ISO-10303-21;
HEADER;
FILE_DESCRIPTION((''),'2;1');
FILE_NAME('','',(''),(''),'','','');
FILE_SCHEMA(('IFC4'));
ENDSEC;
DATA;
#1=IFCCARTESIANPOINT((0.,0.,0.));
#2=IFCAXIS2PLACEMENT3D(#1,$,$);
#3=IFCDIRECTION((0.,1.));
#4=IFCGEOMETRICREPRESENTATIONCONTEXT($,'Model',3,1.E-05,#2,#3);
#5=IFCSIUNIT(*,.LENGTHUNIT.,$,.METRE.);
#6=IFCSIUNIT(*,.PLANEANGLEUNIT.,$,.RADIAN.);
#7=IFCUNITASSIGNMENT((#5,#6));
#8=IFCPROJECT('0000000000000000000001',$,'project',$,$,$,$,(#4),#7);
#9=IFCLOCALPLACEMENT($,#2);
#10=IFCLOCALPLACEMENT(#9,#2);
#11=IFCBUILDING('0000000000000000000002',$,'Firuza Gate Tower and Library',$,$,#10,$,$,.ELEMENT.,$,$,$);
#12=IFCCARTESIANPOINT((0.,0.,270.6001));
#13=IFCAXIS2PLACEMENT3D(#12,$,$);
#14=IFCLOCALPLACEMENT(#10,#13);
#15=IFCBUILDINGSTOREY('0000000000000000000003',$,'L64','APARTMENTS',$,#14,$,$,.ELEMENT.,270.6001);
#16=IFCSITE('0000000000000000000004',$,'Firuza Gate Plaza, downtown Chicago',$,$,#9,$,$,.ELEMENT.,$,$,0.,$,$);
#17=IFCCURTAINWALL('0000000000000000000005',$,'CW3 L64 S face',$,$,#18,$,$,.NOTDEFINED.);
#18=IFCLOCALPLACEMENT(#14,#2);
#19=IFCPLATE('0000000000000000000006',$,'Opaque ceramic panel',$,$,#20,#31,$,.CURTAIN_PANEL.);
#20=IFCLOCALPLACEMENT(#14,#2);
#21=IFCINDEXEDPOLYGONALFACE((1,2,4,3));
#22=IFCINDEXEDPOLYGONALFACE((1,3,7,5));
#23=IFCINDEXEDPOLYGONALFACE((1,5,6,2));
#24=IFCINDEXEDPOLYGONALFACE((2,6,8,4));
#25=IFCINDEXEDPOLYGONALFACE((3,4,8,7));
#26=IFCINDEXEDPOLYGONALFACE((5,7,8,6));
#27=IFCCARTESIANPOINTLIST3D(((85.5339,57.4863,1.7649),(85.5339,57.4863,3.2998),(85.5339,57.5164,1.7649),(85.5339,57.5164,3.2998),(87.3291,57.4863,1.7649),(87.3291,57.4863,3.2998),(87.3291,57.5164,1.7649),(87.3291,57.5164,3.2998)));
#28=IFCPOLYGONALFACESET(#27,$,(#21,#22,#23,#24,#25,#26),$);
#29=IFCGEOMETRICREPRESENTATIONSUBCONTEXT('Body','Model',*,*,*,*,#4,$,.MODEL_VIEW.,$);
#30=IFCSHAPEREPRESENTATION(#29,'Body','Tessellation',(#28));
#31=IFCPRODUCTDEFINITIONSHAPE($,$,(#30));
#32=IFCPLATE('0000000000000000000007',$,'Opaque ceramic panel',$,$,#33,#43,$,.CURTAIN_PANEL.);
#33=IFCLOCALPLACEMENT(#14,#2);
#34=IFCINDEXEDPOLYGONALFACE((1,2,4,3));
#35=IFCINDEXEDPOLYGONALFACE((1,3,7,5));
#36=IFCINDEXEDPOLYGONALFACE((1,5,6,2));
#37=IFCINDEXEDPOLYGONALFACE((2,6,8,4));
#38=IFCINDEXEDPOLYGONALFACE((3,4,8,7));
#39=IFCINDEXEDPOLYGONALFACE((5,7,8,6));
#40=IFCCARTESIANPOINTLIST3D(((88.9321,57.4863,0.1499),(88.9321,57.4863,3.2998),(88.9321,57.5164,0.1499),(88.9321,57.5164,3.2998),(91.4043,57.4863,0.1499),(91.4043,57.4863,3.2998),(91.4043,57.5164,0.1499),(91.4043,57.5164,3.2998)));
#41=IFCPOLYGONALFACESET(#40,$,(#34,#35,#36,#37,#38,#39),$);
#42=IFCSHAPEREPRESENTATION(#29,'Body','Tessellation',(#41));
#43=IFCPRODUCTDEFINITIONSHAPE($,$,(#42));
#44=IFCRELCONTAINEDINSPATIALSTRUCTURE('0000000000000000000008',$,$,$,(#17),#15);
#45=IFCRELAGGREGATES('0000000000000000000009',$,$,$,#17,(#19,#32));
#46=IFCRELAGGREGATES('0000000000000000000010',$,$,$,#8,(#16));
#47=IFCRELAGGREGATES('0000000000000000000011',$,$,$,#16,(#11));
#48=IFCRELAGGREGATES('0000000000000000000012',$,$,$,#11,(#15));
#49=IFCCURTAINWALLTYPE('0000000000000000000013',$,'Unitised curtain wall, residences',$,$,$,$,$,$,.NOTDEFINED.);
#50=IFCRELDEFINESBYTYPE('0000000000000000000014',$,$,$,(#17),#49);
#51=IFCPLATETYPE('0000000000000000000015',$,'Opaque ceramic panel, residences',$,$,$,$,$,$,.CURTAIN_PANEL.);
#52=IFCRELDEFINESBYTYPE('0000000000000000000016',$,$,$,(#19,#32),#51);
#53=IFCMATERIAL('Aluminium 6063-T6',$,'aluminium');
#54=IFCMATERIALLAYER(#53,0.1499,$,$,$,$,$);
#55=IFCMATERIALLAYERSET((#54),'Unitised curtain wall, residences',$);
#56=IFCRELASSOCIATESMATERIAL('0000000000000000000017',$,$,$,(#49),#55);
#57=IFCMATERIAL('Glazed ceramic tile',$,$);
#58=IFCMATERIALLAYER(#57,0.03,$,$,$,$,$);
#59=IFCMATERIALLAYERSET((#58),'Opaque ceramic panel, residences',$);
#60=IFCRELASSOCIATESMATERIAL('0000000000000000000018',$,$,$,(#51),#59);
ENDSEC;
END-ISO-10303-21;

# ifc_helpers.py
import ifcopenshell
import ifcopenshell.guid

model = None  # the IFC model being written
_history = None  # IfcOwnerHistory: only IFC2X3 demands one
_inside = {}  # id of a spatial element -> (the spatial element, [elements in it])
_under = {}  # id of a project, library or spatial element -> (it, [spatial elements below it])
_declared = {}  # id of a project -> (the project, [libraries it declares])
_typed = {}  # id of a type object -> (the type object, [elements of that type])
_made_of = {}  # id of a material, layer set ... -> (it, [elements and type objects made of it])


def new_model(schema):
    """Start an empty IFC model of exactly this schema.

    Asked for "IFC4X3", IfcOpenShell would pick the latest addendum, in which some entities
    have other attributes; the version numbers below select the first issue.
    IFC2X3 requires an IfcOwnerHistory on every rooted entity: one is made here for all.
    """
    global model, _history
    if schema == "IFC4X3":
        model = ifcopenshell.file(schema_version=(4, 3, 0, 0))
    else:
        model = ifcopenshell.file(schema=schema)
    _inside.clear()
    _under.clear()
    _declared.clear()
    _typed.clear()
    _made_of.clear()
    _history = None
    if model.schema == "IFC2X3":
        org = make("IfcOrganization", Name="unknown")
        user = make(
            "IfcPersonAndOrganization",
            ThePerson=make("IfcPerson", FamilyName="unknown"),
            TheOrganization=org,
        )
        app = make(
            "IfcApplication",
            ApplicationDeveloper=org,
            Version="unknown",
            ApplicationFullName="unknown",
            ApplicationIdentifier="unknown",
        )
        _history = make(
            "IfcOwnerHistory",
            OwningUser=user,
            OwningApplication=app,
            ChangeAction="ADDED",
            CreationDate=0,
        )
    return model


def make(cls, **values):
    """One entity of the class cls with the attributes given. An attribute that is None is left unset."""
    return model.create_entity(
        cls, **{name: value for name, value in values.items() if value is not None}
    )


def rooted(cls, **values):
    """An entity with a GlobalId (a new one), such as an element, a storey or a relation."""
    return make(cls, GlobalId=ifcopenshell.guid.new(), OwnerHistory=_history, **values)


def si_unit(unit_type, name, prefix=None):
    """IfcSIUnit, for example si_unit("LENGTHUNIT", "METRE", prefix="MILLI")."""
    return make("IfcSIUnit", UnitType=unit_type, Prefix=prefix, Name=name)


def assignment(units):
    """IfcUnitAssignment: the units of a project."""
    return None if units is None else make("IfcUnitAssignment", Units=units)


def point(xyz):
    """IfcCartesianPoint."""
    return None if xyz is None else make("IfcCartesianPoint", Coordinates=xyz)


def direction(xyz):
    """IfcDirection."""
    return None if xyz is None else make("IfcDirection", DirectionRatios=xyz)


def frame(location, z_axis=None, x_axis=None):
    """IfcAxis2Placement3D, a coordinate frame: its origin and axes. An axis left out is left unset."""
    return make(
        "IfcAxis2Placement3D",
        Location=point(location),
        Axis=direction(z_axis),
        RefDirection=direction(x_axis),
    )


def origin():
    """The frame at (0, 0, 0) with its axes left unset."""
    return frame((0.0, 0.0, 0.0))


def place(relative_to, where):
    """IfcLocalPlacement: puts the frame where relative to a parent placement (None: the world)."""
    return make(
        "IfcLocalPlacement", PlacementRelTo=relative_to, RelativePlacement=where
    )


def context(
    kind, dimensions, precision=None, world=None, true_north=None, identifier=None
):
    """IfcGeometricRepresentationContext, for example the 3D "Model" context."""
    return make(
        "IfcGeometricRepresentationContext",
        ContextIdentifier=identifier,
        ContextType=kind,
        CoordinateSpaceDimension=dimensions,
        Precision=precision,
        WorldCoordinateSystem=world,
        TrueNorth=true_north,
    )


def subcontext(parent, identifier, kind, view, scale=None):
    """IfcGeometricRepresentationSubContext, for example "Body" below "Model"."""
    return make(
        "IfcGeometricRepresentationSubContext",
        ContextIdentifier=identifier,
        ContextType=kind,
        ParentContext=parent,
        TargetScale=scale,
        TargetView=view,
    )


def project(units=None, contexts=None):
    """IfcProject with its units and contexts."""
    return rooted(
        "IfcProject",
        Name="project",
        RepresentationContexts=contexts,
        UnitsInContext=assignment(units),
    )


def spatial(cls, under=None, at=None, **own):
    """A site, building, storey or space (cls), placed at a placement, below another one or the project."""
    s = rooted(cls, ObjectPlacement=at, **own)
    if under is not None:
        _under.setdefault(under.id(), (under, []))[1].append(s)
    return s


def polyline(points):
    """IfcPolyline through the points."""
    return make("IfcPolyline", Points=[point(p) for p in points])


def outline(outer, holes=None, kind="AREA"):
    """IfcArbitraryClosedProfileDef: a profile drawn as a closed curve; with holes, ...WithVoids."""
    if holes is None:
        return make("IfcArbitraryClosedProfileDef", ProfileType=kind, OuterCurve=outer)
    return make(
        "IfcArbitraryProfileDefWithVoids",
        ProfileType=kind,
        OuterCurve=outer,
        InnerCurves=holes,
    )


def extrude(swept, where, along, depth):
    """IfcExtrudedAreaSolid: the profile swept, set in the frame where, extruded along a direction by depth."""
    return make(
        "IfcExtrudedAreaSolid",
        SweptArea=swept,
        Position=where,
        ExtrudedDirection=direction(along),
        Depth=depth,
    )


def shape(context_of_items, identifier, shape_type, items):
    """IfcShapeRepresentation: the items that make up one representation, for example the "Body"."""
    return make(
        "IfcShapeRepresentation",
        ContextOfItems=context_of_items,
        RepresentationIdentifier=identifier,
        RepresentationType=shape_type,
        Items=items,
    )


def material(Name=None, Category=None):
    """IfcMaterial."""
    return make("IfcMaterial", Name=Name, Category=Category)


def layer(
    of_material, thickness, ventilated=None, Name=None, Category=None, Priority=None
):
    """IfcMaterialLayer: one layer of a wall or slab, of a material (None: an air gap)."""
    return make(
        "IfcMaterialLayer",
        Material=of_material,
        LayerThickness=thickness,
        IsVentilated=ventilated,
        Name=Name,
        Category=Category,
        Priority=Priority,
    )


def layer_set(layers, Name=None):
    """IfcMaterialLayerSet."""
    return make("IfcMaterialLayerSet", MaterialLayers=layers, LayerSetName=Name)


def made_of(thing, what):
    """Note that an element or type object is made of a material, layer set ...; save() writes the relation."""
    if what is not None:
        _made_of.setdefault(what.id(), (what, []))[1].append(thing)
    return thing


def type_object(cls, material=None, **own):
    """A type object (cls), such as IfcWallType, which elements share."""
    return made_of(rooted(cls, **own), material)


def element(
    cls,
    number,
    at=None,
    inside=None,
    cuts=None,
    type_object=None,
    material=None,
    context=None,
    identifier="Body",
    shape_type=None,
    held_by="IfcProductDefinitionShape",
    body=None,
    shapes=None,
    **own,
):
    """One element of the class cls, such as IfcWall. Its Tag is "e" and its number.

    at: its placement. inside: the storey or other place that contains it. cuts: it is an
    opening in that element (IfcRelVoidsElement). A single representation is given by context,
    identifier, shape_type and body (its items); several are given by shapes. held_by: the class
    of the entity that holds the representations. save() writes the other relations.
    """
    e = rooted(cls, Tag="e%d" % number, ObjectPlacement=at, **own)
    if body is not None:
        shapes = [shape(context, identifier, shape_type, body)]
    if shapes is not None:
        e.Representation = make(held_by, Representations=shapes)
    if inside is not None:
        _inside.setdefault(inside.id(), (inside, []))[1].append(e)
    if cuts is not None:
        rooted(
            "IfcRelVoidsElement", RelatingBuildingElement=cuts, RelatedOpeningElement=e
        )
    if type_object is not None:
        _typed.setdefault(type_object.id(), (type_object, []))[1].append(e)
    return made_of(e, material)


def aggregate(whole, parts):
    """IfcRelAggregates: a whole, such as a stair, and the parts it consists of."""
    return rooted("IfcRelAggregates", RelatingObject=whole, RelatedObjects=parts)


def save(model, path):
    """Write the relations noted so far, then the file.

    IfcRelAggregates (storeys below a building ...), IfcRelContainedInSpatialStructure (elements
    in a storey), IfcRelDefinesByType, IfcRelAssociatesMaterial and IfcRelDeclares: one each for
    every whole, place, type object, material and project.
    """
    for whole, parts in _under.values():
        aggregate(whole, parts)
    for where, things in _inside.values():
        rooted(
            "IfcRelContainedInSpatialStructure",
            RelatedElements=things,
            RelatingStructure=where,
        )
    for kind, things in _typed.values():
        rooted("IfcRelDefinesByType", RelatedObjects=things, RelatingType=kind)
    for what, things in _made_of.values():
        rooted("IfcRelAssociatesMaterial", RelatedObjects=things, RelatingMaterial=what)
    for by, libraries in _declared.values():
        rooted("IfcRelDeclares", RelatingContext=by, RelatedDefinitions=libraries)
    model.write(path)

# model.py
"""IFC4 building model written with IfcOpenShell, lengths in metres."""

from ifc_helpers import new_model, si_unit, direction, frame, origin, place, context, subcontext, project, spatial, polyline, outline, extrude, material, layer, layer_set, type_object, element, aggregate, save


model = new_model("IFC4")

# Units and contexts
model_context = context("Model", 3, precision=1e-05, world=origin(), true_north=direction((0.0, 1.0)))
body_context = subcontext(model_context, "Body", "Model", "MODEL_VIEW")
ifc_project = project(units=[si_unit("LENGTHUNIT", "METRE"), si_unit("PLANEANGLEUNIT", "RADIAN")], contexts=[model_context])

# Site, building, storey
site_placement = place(None, origin())
site = spatial("IfcSite", under=ifc_project, at=site_placement, Name="Firuza Gate Plaza, downtown Chicago", CompositionType="ELEMENT", RefElevation=0.0)
building_placement = place(site_placement, origin())
building = spatial("IfcBuilding", under=site, at=building_placement, Name="Firuza Gate Tower and Library", CompositionType="ELEMENT")
storey_placement = place(building_placement, frame((0.0, 0.0, 270.6001)))
storey = spatial("IfcBuildingStorey", under=building, at=storey_placement, Name="L64", Description="APARTMENTS", CompositionType="ELEMENT", Elevation=270.6001)

# Curtain wall, plates
ifc_material_1 = material(Name="Aluminium 6063-T6", Category="aluminium")
ifc_layer_1 = layer(ifc_material_1, 0.1499)
ifc_layer_set_1 = layer_set([ifc_layer_1], Name="Unitised curtain wall, residences")
curtain_wall_type = type_object("IfcCurtainWallType", Name="Unitised curtain wall, residences", PredefinedType="NOTDEFINED", material=ifc_layer_set_1)
curtain_wall_placement = place(storey_placement, origin())
curtain_wall = element("IfcCurtainWall", 1, at=curtain_wall_placement, inside=storey, type_object=curtain_wall_type, Name="CW3 L64 S face", PredefinedType="NOTDEFINED")
ifc_material_2 = material(Name="Glazed ceramic tile")
ifc_layer_2 = layer(ifc_material_2, 0.03)
ifc_layer_set_2 = layer_set([ifc_layer_2], Name="Opaque ceramic panel, residences")
plate_type_1 = type_object("IfcPlateType", Name="Opaque ceramic panel, residences", PredefinedType="CURTAIN_PANEL", material=ifc_layer_set_2)
plate_1_placement = place(storey_placement, frame((85.5339, 57.4863, 1.7649), z_axis=(0.0, -1.0, 0.0), x_axis=(1.0, 0.0, 0.0)))
plate_1 = element("IfcPlate", 2, at=plate_1_placement, type_object=plate_type_1, Name="Opaque ceramic panel", PredefinedType="CURTAIN_PANEL", context=body_context, shape_type="SweptSolid", body=[
    extrude(outline(polyline([(0.0, 0.0), (1.7952, 0.0), (1.7952, 1.5349), (0.0, 1.5349), (0.0, 0.0)])), origin(), (0.0, 0.0, -1.0), 0.03),
])
plate_2_placement = place(storey_placement, frame((88.9321, 57.4863, 0.1499), z_axis=(0.0, -1.0, 0.0), x_axis=(1.0, 0.0, 0.0)))
plate_2 = element("IfcPlate", 3, at=plate_2_placement, type_object=plate_type_1, Name="Opaque ceramic panel", PredefinedType="CURTAIN_PANEL", context=body_context, shape_type="SweptSolid", body=[
    extrude(outline(polyline([(0.0, 0.0), (2.4722, 0.0), (2.4722, 3.1499), (0.0, 3.1499), (0.0, 0.0)])), origin(), (0.0, 0.0, -1.0), 0.03),
])
aggregate(curtain_wall, [plate_1, plate_2])

save(model, "model.ifc")
